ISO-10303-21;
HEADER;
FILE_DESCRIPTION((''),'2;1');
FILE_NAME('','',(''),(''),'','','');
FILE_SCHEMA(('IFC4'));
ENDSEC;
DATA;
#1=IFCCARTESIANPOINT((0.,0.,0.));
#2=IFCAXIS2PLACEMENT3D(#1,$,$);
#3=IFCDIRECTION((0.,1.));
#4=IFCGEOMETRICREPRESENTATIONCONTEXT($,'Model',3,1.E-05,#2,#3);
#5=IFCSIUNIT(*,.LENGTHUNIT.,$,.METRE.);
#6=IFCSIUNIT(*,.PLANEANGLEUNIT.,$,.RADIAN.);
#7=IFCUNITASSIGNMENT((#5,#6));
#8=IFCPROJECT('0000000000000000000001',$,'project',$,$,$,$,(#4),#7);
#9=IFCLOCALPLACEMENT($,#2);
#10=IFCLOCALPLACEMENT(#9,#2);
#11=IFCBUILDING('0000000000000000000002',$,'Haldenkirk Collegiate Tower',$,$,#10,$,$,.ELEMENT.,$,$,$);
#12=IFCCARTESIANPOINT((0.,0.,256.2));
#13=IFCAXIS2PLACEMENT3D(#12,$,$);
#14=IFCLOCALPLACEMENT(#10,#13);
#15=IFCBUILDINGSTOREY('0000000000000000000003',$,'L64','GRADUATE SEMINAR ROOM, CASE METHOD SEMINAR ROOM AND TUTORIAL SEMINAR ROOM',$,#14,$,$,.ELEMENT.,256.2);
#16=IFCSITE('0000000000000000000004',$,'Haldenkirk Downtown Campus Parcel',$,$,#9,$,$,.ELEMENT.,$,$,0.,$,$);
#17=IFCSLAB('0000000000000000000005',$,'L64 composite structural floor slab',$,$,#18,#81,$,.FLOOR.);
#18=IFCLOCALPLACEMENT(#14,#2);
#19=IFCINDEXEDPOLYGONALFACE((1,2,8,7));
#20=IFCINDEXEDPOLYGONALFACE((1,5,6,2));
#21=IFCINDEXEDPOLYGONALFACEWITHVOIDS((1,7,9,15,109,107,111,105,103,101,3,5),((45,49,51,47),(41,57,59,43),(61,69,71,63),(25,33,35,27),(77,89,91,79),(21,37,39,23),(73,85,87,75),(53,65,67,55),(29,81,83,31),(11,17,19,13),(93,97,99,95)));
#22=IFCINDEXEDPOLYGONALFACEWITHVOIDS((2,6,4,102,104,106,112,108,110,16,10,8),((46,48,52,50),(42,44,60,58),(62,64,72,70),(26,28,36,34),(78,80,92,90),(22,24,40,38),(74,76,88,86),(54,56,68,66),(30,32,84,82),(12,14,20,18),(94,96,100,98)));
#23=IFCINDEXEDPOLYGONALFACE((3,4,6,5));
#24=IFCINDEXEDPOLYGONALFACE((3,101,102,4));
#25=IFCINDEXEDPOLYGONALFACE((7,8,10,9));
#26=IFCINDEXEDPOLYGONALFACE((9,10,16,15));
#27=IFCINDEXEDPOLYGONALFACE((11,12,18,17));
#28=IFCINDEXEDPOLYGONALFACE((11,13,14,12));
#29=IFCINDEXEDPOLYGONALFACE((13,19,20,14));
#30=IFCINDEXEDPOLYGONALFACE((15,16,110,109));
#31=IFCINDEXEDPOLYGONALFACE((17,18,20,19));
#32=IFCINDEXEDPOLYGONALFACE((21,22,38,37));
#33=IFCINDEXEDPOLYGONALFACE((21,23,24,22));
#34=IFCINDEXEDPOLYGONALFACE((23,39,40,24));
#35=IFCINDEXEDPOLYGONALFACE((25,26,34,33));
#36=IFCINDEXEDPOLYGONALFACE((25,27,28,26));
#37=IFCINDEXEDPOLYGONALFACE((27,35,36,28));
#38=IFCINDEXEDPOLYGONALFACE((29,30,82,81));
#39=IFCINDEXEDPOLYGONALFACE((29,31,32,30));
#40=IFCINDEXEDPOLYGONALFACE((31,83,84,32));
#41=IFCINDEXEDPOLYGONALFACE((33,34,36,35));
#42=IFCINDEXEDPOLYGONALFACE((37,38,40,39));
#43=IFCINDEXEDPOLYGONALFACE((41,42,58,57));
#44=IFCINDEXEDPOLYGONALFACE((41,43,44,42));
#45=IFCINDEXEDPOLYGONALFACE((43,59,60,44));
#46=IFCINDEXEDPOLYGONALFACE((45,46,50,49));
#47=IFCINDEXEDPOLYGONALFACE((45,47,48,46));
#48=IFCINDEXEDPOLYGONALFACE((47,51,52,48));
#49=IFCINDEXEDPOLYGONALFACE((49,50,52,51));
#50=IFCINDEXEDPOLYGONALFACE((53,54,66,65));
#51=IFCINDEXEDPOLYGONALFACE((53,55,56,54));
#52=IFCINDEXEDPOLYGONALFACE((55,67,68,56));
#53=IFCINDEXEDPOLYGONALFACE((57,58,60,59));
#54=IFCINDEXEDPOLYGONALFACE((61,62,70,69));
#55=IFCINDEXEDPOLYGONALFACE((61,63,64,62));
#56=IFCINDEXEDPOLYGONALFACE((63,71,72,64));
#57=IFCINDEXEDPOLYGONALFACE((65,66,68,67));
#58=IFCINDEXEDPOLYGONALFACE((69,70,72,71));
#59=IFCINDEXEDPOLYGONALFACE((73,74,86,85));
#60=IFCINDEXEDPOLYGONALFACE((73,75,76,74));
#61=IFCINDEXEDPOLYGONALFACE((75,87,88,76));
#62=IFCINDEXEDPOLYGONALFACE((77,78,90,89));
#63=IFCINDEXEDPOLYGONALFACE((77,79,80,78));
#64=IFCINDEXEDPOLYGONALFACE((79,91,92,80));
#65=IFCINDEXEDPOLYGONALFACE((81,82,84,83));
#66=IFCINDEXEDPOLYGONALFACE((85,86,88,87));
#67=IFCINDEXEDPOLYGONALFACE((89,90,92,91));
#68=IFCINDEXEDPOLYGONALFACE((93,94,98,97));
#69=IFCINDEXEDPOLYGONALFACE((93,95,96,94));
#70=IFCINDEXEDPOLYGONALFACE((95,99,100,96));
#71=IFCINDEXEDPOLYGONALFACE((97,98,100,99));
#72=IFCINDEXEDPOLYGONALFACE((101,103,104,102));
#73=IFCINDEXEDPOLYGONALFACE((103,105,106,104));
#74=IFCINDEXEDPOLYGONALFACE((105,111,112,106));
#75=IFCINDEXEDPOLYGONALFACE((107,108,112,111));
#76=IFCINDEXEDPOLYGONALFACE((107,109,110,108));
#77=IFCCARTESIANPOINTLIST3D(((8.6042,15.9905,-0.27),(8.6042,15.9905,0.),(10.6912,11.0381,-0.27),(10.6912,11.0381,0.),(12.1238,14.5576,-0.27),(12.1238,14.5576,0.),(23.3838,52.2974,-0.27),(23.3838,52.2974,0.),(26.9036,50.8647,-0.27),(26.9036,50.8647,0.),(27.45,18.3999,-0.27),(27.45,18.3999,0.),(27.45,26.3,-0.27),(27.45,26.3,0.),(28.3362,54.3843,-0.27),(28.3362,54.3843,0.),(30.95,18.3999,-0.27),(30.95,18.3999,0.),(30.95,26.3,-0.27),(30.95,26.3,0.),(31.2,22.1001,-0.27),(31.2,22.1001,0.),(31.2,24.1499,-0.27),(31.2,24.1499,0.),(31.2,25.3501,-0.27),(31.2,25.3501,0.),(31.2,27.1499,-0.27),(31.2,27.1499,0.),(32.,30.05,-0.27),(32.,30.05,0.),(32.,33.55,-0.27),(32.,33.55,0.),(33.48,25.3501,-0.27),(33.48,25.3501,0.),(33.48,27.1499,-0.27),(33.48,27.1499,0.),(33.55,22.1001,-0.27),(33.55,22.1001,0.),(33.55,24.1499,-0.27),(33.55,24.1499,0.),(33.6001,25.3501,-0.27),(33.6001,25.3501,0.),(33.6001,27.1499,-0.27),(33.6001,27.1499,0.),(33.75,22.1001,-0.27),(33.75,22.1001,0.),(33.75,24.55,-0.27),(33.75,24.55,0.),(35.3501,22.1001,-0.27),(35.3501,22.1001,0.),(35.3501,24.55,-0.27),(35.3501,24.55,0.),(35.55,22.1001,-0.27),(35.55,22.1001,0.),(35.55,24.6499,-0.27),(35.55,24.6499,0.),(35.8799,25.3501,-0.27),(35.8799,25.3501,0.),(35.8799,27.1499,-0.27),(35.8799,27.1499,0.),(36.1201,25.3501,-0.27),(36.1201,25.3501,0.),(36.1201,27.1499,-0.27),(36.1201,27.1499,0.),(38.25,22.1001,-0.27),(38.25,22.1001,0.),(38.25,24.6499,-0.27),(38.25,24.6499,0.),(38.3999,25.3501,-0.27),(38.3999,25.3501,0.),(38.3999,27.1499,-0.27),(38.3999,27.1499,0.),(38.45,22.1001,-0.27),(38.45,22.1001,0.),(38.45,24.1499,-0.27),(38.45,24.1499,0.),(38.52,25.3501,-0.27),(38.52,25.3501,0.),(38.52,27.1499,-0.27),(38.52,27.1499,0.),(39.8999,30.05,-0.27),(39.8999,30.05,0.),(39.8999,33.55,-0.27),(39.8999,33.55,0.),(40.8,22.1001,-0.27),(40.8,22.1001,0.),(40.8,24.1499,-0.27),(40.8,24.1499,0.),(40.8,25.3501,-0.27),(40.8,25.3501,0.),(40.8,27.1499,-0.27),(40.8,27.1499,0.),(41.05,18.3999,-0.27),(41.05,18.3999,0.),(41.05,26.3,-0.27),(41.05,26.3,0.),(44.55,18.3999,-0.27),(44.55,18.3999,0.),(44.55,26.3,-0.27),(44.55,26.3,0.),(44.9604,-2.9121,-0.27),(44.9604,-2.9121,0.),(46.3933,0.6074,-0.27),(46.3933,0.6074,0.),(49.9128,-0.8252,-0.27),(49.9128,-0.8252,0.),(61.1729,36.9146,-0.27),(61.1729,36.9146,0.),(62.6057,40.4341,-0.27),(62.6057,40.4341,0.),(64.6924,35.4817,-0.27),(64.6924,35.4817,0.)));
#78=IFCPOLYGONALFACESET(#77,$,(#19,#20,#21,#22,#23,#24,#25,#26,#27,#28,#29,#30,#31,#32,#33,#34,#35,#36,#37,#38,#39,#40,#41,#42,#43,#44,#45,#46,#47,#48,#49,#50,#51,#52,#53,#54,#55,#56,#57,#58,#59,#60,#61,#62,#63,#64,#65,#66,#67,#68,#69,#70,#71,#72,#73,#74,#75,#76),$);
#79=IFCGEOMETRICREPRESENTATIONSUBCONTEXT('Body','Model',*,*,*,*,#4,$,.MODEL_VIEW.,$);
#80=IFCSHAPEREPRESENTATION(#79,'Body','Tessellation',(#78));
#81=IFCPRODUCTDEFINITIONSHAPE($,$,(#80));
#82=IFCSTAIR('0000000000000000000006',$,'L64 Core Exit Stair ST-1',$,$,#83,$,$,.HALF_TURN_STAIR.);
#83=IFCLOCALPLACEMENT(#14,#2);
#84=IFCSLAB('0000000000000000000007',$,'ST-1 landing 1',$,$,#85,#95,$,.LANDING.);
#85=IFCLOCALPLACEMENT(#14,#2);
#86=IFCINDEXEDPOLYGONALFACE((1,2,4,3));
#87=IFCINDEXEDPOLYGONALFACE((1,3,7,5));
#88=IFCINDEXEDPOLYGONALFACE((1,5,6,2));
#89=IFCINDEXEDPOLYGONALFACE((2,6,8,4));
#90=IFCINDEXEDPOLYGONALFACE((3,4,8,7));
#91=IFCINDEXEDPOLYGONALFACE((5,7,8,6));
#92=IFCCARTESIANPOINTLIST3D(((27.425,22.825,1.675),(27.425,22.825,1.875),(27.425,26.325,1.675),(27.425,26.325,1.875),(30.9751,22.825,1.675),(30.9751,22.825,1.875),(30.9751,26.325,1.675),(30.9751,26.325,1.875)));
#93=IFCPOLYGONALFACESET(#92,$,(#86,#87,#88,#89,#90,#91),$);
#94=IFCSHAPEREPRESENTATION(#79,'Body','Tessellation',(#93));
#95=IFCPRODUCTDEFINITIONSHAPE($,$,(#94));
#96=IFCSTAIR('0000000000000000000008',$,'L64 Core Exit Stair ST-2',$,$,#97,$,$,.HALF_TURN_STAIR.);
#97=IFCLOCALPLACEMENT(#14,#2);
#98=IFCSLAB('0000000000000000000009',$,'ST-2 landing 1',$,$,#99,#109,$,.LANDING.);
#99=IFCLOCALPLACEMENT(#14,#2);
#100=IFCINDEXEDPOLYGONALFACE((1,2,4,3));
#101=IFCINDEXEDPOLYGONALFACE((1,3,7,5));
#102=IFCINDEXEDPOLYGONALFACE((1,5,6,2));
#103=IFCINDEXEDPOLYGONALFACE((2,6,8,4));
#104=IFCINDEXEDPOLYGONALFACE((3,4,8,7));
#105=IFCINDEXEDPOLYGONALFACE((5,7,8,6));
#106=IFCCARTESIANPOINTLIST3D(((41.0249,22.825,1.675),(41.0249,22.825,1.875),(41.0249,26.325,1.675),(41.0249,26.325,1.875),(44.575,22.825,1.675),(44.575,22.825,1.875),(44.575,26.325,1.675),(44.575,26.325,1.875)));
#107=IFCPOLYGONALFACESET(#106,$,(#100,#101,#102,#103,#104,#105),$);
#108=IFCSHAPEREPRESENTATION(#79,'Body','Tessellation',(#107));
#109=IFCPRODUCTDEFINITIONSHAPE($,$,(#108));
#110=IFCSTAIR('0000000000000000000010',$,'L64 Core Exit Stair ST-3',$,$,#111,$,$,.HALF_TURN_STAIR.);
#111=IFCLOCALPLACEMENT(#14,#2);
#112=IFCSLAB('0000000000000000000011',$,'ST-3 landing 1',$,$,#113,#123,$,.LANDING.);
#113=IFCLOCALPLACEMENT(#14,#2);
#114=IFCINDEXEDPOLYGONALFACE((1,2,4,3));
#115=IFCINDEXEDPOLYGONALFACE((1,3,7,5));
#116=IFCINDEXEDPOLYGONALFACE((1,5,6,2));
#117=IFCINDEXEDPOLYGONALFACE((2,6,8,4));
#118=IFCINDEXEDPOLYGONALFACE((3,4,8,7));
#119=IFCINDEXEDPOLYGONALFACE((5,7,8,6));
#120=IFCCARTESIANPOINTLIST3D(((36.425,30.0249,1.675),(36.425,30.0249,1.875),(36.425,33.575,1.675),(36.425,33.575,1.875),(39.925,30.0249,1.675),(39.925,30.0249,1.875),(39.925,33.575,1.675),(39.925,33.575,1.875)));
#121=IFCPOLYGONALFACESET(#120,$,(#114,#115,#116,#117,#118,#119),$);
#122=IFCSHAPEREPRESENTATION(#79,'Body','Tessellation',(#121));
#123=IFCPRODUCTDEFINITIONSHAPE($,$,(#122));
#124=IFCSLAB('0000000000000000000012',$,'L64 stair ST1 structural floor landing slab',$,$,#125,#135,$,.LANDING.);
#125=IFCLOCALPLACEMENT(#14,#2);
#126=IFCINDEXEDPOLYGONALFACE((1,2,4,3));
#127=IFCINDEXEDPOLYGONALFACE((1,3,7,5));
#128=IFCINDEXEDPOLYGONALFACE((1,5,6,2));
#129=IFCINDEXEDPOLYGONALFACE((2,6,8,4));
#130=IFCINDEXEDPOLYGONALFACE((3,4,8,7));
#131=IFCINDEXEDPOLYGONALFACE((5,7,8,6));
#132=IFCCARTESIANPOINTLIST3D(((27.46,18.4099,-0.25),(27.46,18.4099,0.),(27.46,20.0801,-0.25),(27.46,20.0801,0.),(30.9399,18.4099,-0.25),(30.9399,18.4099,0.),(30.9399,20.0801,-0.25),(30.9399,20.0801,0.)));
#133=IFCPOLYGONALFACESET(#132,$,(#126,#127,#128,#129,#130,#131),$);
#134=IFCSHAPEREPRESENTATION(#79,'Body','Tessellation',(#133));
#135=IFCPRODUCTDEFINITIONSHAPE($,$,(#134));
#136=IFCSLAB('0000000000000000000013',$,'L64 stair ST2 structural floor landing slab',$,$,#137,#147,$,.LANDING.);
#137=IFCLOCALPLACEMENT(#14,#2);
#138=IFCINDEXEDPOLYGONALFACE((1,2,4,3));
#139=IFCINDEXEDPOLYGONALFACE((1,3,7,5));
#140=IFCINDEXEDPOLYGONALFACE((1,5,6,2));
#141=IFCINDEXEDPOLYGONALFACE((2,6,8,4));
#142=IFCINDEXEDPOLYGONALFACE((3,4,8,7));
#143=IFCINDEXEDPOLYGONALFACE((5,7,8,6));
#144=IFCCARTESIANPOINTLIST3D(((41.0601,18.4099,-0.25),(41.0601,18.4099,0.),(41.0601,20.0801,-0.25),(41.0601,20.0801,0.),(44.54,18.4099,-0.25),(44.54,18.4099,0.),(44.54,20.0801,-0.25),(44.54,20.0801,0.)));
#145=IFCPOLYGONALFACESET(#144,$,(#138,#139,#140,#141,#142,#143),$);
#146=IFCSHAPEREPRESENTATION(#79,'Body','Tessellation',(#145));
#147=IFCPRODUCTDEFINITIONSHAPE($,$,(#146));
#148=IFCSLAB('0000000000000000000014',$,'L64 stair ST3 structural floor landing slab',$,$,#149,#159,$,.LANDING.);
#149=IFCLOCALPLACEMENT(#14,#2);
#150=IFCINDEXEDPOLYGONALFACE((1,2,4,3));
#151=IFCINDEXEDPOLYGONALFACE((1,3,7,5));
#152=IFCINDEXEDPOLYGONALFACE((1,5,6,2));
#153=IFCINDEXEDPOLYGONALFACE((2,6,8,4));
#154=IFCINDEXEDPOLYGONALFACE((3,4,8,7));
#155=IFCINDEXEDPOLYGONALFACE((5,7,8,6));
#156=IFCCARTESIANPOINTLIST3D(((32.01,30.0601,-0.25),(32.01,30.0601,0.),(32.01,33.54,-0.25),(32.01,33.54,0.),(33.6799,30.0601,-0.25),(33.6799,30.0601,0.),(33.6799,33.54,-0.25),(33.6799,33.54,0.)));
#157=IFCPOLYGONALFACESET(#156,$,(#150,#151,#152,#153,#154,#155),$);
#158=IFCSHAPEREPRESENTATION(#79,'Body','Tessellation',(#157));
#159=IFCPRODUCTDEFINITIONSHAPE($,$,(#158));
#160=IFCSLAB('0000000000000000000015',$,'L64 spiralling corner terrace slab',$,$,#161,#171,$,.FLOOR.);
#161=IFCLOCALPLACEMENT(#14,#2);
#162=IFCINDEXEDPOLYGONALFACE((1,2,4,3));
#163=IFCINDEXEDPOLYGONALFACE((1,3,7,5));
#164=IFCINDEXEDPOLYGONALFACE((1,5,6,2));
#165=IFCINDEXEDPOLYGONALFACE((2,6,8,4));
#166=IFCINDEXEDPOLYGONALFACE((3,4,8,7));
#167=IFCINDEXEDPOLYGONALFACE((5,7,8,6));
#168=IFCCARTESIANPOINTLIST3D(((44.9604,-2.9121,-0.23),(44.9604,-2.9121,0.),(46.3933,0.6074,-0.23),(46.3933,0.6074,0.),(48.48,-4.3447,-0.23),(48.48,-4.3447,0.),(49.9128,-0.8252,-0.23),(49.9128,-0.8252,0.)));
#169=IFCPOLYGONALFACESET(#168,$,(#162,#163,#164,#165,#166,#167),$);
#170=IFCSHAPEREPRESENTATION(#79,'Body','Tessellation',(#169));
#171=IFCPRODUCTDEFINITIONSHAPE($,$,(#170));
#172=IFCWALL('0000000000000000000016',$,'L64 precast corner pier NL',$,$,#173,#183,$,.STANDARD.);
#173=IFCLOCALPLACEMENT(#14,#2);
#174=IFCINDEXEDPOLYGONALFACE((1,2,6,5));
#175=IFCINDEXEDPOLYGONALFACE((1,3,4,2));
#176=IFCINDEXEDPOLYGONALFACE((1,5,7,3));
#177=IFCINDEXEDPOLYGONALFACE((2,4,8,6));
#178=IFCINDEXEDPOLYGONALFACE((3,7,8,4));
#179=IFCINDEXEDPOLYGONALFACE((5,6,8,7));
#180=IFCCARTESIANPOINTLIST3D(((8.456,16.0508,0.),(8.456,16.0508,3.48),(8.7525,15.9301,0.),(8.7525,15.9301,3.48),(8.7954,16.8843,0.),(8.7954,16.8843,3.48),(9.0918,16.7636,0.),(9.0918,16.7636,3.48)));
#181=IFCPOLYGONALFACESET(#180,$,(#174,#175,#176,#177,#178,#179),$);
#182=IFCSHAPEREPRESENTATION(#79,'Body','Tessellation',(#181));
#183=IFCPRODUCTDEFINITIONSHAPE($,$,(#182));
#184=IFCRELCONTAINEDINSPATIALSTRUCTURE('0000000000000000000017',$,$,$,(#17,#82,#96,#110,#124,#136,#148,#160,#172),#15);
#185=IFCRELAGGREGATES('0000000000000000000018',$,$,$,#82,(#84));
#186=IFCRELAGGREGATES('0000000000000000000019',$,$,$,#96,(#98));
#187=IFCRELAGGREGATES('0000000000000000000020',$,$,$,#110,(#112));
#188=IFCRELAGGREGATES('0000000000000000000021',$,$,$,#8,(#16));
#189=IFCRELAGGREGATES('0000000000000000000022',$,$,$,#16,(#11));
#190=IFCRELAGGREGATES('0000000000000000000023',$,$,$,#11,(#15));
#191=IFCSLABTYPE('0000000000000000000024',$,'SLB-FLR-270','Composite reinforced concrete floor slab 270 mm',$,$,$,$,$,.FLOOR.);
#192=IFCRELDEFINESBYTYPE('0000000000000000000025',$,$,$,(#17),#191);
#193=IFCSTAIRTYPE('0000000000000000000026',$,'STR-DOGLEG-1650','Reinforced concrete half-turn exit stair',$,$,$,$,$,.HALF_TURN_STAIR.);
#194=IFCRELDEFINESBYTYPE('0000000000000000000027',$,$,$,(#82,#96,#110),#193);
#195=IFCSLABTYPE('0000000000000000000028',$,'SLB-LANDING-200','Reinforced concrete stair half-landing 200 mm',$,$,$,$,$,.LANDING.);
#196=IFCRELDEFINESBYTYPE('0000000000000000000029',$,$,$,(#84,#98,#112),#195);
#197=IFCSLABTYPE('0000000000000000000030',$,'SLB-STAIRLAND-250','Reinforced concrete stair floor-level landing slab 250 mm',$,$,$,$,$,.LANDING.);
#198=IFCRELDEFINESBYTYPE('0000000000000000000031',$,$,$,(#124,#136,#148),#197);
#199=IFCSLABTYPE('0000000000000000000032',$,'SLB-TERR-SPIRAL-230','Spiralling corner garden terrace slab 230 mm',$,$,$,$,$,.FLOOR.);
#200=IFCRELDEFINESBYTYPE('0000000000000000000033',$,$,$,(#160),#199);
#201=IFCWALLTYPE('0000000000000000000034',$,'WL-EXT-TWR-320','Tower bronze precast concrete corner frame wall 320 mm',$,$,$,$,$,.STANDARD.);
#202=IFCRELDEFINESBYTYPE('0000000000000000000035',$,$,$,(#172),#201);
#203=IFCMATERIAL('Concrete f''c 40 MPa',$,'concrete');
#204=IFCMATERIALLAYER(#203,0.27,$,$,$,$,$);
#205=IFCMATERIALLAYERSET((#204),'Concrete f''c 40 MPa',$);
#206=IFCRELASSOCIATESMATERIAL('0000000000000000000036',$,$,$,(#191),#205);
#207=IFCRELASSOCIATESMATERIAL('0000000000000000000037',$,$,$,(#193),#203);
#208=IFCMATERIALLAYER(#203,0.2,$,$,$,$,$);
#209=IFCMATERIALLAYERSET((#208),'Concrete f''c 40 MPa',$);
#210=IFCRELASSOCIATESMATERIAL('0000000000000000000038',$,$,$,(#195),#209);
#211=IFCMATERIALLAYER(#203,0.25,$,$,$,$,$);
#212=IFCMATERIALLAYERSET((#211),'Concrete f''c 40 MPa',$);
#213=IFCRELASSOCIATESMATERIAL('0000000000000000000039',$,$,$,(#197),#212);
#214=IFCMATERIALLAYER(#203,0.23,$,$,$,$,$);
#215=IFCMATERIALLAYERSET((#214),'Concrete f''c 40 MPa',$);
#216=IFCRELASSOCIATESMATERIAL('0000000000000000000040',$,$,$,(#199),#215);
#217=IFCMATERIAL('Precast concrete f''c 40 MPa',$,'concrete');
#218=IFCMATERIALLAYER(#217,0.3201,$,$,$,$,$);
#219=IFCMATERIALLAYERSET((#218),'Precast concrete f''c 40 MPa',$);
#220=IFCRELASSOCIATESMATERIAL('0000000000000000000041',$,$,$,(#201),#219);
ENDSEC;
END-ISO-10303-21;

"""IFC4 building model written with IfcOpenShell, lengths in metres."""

from ifc_helpers import new_model, si_unit, direction, frame, frame_2d, origin, place, context, subcontext, project, spatial, polyline, rectangle, outline, extrude, material, layer, layer_set, type_object, element, aggregate, save


model = new_model("IFC4")

# Units and contexts
model_context = context("Model", 3, precision=1e-05, world=origin(), true_north=direction((0.0, 1.0)))
body_context = subcontext(model_context, "Body", "Model", "MODEL_VIEW")
ifc_project = project(units=[si_unit("LENGTHUNIT", "METRE"), si_unit("PLANEANGLEUNIT", "RADIAN")], contexts=[model_context])

# Site, building, storey
site_placement = place(None, origin())
site = spatial("IfcSite", under=ifc_project, at=site_placement, Name="Haldenkirk Downtown Campus Parcel", CompositionType="ELEMENT", RefElevation=0.0)
building_placement = place(site_placement, origin())
building = spatial("IfcBuilding", under=site, at=building_placement, Name="Haldenkirk Collegiate Tower", CompositionType="ELEMENT")
storey_placement = place(building_placement, frame((0.0, 0.0, 256.2)))
storey = spatial("IfcBuildingStorey", under=building, at=storey_placement, Name="L64", Description="GRADUATE SEMINAR ROOM, CASE METHOD SEMINAR ROOM AND TUTORIAL SEMINAR ROOM", CompositionType="ELEMENT", Elevation=256.2)

# Slab
ifc_material_1 = material(Name="Concrete f'c 40 MPa", Category="concrete")
ifc_layer_1 = layer(ifc_material_1, 0.27)
ifc_layer_set_1 = layer_set([ifc_layer_1], Name="Concrete f'c 40 MPa")
slab_type_1 = type_object("IfcSlabType", Name="SLB-FLR-270", Description="Composite reinforced concrete floor slab 270 mm", PredefinedType="FLOOR", material=ifc_layer_set_1)
slab_1_placement = place(storey_placement, frame((0.0, 0.0, -0.27)))
element("IfcSlab", 1, at=slab_1_placement, inside=storey, type_object=slab_type_1, Name="L64 composite structural floor slab", PredefinedType="FLOOR", context=body_context, shape_type="SweptSolid", body=[
    extrude(outline(polyline([(49.9128, -0.8252), (64.6924, 35.4817), (61.1729, 36.9146), (62.6057, 40.4341), (28.3362, 54.3843), (26.9036, 50.8647), (23.3838, 52.2974), (8.6042, 15.9905), (12.1238, 14.5576), (10.6912, 11.0381), (44.9604, -2.9121), (46.3933, 0.6074), (49.9128, -0.8252)]), holes=[polyline([(27.45, 18.3999), (30.95, 18.3999), (30.95, 26.3), (27.45, 26.3), (27.45, 18.3999)]), polyline([(41.05, 18.3999), (44.55, 18.3999), (44.55, 26.3), (41.05, 26.3), (41.05, 18.3999)]), polyline([(32.0, 30.05), (39.8999, 30.05), (39.8999, 33.55), (32.0, 33.55), (32.0, 30.05)]), polyline([(33.75, 22.1001), (35.3501, 22.1001), (35.3501, 24.55), (33.75, 24.55), (33.75, 22.1001)]), polyline([(31.2, 25.3501), (33.48, 25.3501), (33.48, 27.1499), (31.2, 27.1499), (31.2, 25.3501)]), polyline([(33.6001, 25.3501), (35.8799, 25.3501), (35.8799, 27.1499), (33.6001, 27.1499), (33.6001, 25.3501)]), polyline([(36.1201, 25.3501), (38.3999, 25.3501), (38.3999, 27.1499), (36.1201, 27.1499), (36.1201, 25.3501)]), polyline([(38.52, 25.3501), (40.8, 25.3501), (40.8, 27.1499), (38.52, 27.1499), (38.52, 25.3501)]), polyline([(31.2, 22.1001), (33.55, 22.1001), (33.55, 24.1499), (31.2, 24.1499), (31.2, 22.1001)]), polyline([(38.45, 22.1001), (40.8, 22.1001), (40.8, 24.1499), (38.45, 24.1499), (38.45, 22.1001)]), polyline([(35.55, 22.1001), (38.25, 22.1001), (38.25, 24.6499), (35.55, 24.6499), (35.55, 22.1001)])]), origin(), (0.0, 0.0, 1.0), 0.27),
])

# Stairs, slabs
stair_type = type_object("IfcStairType", Name="STR-DOGLEG-1650", Description="Reinforced concrete half-turn exit stair", PredefinedType="HALF_TURN_STAIR", material=ifc_material_1)
stair_1_placement = place(storey_placement, origin())
stair_1 = element("IfcStair", 2, at=stair_1_placement, inside=storey, type_object=stair_type, Name="L64 Core Exit Stair ST-1", PredefinedType="HALF_TURN_STAIR")
ifc_layer_2 = layer(ifc_material_1, 0.2)
ifc_layer_set_2 = layer_set([ifc_layer_2], Name="Concrete f'c 40 MPa")
slab_type_2 = type_object("IfcSlabType", Name="SLB-LANDING-200", Description="Reinforced concrete stair half-landing 200 mm", PredefinedType="LANDING", material=ifc_layer_set_2)
slab_2_placement = place(storey_placement, frame((0.0, 0.0, 1.675)))
slab_2 = element("IfcSlab", 3, at=slab_2_placement, type_object=slab_type_2, Name="ST-1 landing 1", PredefinedType="LANDING", context=body_context, shape_type="SweptSolid", body=[
    extrude(outline(polyline([(30.9751, 22.825), (27.425, 22.825), (27.425, 26.325), (30.9751, 26.325), (30.9751, 22.825)])), origin(), (0.0, 0.0, 1.0), 0.2),
])
aggregate(stair_1, [slab_2])
stair_2_placement = place(storey_placement, origin())
stair_2 = element("IfcStair", 4, at=stair_2_placement, inside=storey, type_object=stair_type, Name="L64 Core Exit Stair ST-2", PredefinedType="HALF_TURN_STAIR")
slab_3_placement = place(storey_placement, frame((0.0, 0.0, 1.675)))
slab_3 = element("IfcSlab", 5, at=slab_3_placement, type_object=slab_type_2, Name="ST-2 landing 1", PredefinedType="LANDING", context=body_context, shape_type="SweptSolid", body=[
    extrude(outline(polyline([(44.575, 22.825), (41.0249, 22.825), (41.0249, 26.325), (44.575, 26.325), (44.575, 22.825)])), origin(), (0.0, 0.0, 1.0), 0.2),
])
aggregate(stair_2, [slab_3])
stair_3_placement = place(storey_placement, origin())
stair_3 = element("IfcStair", 6, at=stair_3_placement, inside=storey, type_object=stair_type, Name="L64 Core Exit Stair ST-3", PredefinedType="HALF_TURN_STAIR")
slab_4_placement = place(storey_placement, frame((0.0, 0.0, 1.675)))
slab_4 = element("IfcSlab", 7, at=slab_4_placement, type_object=slab_type_2, Name="ST-3 landing 1", PredefinedType="LANDING", context=body_context, shape_type="SweptSolid", body=[
    extrude(outline(polyline([(36.425, 30.0249), (36.425, 33.575), (39.925, 33.575), (39.925, 30.0249), (36.425, 30.0249)])), origin(), (0.0, 0.0, 1.0), 0.2),
])
aggregate(stair_3, [slab_4])

# Slabs
ifc_layer_3 = layer(ifc_material_1, 0.25)
ifc_layer_set_3 = layer_set([ifc_layer_3], Name="Concrete f'c 40 MPa")
slab_type_3 = type_object("IfcSlabType", Name="SLB-STAIRLAND-250", Description="Reinforced concrete stair floor-level landing slab 250 mm", PredefinedType="LANDING", material=ifc_layer_set_3)
slab_5_placement = place(storey_placement, frame((0.0, 0.0, -0.25)))
element("IfcSlab", 8, at=slab_5_placement, inside=storey, type_object=slab_type_3, Name="L64 stair ST1 structural floor landing slab", PredefinedType="LANDING", context=body_context, shape_type="SweptSolid", body=[
    extrude(outline(polyline([(27.46, 18.4099), (30.9399, 18.4099), (30.9399, 20.0801), (27.46, 20.0801), (27.46, 18.4099)])), origin(), (0.0, 0.0, 1.0), 0.25),
])
slab_6_placement = place(storey_placement, frame((0.0, 0.0, -0.25)))
element("IfcSlab", 9, at=slab_6_placement, inside=storey, type_object=slab_type_3, Name="L64 stair ST2 structural floor landing slab", PredefinedType="LANDING", context=body_context, shape_type="SweptSolid", body=[
    extrude(outline(polyline([(41.0601, 18.4099), (44.54, 18.4099), (44.54, 20.0801), (41.0601, 20.0801), (41.0601, 18.4099)])), origin(), (0.0, 0.0, 1.0), 0.25),
])
slab_7_placement = place(storey_placement, frame((0.0, 0.0, -0.25)))
element("IfcSlab", 10, at=slab_7_placement, inside=storey, type_object=slab_type_3, Name="L64 stair ST3 structural floor landing slab", PredefinedType="LANDING", context=body_context, shape_type="SweptSolid", body=[
    extrude(outline(polyline([(32.01, 30.0601), (33.6799, 30.0601), (33.6799, 33.54), (32.01, 33.54), (32.01, 30.0601)])), origin(), (0.0, 0.0, 1.0), 0.25),
])
ifc_layer_4 = layer(ifc_material_1, 0.23)
ifc_layer_set_4 = layer_set([ifc_layer_4], Name="Concrete f'c 40 MPa")
slab_type_4 = type_object("IfcSlabType", Name="SLB-TERR-SPIRAL-230", Description="Spiralling corner garden terrace slab 230 mm", PredefinedType="FLOOR", material=ifc_layer_set_4)
slab_8_placement = place(storey_placement, frame((0.0, 0.0, -0.23)))
element("IfcSlab", 11, at=slab_8_placement, inside=storey, type_object=slab_type_4, Name="L64 spiralling corner terrace slab", PredefinedType="FLOOR", context=body_context, shape_type="SweptSolid", body=[
    extrude(outline(polyline([(48.48, -4.3447), (49.9128, -0.8252), (46.3933, 0.6074), (44.9604, -2.9121), (48.48, -4.3447)])), origin(), (0.0, 0.0, 1.0), 0.23),
])

# Wall
ifc_material_2 = material(Name="Precast concrete f'c 40 MPa", Category="concrete")
ifc_layer_5 = layer(ifc_material_2, 0.3201)
ifc_layer_set_5 = layer_set([ifc_layer_5], Name="Precast concrete f'c 40 MPa")
wall_type_1 = type_object("IfcWallType", Name="WL-EXT-TWR-320", Description="Tower bronze precast concrete corner frame wall 320 mm", PredefinedType="STANDARD", material=ifc_layer_set_5)
wall_1_placement = place(storey_placement, frame((8.6042, 15.9905, 0.0), z_axis=(0.0, 0.0, 1.0), x_axis=(0.37709, 0.926177, 0.0)))
element("IfcWall", 12, at=wall_1_placement, inside=storey, type_object=wall_type_1, Name="L64 precast corner pier NL", PredefinedType="STANDARD", context=body_context, shape_type="SweptSolid", body=[
    extrude(rectangle(XDim=0.8999, YDim=0.3201, at=frame_2d((0.45, 0.0))), origin(), (0.0, 0.0, 1.0), 3.48),
])

save(model, "model.ifc")
